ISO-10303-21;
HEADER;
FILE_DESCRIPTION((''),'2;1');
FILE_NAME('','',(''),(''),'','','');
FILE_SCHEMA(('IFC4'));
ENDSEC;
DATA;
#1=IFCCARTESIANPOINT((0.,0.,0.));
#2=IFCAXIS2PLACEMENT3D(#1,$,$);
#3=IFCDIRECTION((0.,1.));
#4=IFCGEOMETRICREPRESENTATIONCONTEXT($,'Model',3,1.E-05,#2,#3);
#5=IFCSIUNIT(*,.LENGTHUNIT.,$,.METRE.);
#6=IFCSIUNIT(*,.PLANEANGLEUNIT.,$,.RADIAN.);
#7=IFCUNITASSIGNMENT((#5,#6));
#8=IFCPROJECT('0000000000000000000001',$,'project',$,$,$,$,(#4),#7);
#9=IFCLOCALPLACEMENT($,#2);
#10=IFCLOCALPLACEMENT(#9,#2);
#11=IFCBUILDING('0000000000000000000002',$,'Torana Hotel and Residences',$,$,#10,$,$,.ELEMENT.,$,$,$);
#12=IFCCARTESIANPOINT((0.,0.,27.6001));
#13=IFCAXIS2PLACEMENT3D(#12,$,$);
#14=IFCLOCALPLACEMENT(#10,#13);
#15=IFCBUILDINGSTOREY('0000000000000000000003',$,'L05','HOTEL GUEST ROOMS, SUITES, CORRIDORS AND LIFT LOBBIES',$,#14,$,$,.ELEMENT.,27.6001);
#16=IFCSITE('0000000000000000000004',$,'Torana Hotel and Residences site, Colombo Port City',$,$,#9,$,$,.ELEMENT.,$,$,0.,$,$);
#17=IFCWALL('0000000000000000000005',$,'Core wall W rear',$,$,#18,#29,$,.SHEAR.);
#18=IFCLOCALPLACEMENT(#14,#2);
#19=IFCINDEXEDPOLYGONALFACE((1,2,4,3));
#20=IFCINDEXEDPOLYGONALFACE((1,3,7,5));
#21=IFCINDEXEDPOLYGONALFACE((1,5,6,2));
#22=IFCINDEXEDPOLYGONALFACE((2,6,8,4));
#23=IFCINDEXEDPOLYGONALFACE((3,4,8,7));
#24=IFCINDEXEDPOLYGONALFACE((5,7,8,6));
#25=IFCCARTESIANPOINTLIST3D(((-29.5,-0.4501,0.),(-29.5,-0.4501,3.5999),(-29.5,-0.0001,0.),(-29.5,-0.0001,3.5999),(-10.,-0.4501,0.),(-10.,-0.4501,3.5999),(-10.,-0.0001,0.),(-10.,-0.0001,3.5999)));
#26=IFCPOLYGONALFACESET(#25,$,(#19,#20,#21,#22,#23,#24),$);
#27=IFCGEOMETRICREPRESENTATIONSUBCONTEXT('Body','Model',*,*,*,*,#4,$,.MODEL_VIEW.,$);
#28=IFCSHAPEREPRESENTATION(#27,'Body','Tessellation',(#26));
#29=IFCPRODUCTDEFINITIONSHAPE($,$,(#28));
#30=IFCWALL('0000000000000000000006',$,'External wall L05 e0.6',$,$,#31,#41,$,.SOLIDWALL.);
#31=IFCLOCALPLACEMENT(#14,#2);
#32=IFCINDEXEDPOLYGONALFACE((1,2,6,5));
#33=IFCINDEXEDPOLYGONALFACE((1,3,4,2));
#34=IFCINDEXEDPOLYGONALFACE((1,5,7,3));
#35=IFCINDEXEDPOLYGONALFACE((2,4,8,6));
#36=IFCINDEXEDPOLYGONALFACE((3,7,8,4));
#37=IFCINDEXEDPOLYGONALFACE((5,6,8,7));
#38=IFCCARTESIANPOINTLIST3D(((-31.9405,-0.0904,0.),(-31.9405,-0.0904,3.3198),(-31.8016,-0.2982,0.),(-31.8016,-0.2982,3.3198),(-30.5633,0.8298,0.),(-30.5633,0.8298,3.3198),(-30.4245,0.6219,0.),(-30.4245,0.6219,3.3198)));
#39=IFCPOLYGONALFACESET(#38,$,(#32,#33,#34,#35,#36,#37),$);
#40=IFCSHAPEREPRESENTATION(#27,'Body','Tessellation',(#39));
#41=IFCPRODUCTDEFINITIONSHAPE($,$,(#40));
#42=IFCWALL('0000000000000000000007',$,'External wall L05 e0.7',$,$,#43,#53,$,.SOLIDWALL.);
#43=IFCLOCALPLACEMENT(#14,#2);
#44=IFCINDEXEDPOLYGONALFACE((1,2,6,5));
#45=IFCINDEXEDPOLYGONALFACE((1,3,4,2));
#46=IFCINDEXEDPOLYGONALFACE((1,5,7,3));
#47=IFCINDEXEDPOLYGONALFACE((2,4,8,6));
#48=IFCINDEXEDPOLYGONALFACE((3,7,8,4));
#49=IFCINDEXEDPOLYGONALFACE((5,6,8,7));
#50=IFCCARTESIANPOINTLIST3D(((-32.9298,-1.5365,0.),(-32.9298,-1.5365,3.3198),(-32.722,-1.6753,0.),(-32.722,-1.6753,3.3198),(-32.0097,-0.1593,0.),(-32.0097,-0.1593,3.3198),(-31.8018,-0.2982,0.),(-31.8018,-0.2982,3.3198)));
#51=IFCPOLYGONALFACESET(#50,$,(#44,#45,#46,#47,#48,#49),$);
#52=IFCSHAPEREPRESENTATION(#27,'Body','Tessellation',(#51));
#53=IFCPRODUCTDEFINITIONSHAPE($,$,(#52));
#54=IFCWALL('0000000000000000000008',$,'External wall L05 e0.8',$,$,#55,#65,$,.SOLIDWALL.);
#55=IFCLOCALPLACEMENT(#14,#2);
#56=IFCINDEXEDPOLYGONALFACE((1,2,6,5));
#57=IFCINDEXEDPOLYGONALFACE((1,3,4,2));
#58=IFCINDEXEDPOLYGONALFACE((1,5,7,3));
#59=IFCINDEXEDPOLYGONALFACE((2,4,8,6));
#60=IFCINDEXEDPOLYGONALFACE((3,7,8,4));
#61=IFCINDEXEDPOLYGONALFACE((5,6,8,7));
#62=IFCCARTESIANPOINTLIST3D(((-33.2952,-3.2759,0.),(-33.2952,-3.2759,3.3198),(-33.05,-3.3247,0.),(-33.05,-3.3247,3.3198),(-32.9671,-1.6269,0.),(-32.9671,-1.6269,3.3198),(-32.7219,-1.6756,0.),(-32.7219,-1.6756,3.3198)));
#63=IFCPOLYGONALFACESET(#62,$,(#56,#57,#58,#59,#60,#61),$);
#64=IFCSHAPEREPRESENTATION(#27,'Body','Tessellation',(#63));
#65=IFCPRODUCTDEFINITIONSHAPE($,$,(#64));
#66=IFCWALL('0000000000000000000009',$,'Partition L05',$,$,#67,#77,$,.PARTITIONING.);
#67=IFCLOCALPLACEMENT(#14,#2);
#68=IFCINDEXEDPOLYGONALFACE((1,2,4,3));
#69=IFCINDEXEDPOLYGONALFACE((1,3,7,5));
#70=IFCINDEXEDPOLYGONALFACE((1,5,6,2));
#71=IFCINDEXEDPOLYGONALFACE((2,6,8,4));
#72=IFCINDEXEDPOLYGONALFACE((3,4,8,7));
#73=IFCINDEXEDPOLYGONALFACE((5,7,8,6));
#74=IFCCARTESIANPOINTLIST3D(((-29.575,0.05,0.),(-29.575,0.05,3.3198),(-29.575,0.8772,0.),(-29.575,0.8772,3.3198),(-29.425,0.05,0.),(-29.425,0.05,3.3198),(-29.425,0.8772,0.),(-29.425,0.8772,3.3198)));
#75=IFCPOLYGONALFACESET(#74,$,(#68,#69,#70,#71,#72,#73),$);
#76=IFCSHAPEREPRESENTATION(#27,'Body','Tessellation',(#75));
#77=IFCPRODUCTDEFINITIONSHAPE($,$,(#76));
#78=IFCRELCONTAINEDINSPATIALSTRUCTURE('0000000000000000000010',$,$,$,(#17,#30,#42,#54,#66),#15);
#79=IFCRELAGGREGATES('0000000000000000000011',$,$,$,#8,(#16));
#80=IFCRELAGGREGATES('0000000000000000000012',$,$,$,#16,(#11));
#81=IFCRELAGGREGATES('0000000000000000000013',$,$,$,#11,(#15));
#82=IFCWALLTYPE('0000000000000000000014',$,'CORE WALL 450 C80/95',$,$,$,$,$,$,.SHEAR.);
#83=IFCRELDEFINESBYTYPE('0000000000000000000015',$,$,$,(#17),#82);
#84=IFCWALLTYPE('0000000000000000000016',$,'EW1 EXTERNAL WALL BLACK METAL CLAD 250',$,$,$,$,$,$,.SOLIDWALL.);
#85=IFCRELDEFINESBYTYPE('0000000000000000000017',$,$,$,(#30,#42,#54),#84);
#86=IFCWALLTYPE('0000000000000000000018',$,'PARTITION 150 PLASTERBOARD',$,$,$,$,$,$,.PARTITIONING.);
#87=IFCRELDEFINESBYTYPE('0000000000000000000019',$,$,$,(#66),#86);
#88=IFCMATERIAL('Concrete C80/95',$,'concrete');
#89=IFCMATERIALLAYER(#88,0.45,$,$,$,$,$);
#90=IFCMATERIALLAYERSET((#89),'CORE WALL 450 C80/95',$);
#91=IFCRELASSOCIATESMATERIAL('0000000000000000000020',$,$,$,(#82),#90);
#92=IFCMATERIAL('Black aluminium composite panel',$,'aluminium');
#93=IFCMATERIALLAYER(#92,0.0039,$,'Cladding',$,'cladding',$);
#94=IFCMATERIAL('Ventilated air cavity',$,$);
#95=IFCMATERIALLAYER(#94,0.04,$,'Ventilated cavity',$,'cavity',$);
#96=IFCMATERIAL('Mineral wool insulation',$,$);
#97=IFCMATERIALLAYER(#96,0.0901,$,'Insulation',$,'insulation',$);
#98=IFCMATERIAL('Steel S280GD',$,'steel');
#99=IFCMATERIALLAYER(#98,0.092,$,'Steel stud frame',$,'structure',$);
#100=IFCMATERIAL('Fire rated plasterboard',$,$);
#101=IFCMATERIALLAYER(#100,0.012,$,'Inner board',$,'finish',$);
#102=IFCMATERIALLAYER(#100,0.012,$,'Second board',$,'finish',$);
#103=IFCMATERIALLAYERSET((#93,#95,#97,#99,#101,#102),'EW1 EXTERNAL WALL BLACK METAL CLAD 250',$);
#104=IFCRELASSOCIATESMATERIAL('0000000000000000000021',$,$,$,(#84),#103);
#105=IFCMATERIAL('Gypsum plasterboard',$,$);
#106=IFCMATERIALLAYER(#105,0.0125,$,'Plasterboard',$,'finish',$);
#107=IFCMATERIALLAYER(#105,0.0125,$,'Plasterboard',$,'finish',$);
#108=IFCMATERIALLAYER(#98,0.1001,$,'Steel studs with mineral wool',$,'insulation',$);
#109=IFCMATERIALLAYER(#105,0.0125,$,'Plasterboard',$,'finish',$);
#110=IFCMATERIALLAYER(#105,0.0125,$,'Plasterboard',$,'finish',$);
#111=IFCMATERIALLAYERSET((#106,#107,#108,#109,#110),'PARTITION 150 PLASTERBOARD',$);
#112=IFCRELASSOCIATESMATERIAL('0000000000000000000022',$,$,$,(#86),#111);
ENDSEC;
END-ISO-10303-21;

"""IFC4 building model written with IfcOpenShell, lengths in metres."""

from ifc_helpers import new_model, si_unit, direction, frame, frame_2d, origin, place, context, subcontext, project, spatial, rectangle, extrude, material, layer, layer_set, type_object, element, save


model = new_model("IFC4")

# Units and contexts
model_context = context("Model", 3, precision=1e-05, world=origin(), true_north=direction((0.0, 1.0)))
body_context = subcontext(model_context, "Body", "Model", "MODEL_VIEW")
ifc_project = project(units=[si_unit("LENGTHUNIT", "METRE"), si_unit("PLANEANGLEUNIT", "RADIAN")], contexts=[model_context])

# Site, building, storey
site_placement = place(None, origin())
site = spatial("IfcSite", under=ifc_project, at=site_placement, Name="Torana Hotel and Residences site, Colombo Port City", CompositionType="ELEMENT", RefElevation=0.0)
building_placement = place(site_placement, origin())
building = spatial("IfcBuilding", under=site, at=building_placement, Name="Torana Hotel and Residences", CompositionType="ELEMENT")
storey_placement = place(building_placement, frame((0.0, 0.0, 27.6001)))
storey = spatial("IfcBuildingStorey", under=building, at=storey_placement, Name="L05", Description="HOTEL GUEST ROOMS, SUITES, CORRIDORS AND LIFT LOBBIES", CompositionType="ELEMENT", Elevation=27.6001)

# Walls
ifc_material_1 = material(Name="Concrete C80/95", Category="concrete")
ifc_layer_1 = layer(ifc_material_1, 0.45)
ifc_layer_set_1 = layer_set([ifc_layer_1], Name="CORE WALL 450 C80/95")
wall_type_1 = type_object("IfcWallType", Name="CORE WALL 450 C80/95", PredefinedType="SHEAR", material=ifc_layer_set_1)
wall_1_placement = place(storey_placement, frame((-29.5, -0.2251, 0.0), z_axis=(0.0, 0.0, 1.0), x_axis=(1.0, 0.0, 0.0)))
element("IfcWall", 1, at=wall_1_placement, inside=storey, type_object=wall_type_1, Name="Core wall W rear", PredefinedType="SHEAR", context=body_context, shape_type="SweptSolid", body=[
    extrude(rectangle(XDim=19.5, YDim=0.45, at=frame_2d((9.75, 0.0))), origin(), (0.0, 0.0, 1.0), 3.5999),
])
ifc_material_2 = material(Name="Black aluminium composite panel", Category="aluminium")
ifc_layer_2 = layer(ifc_material_2, 0.0039, Name="Cladding", Category="cladding")
ifc_material_3 = material(Name="Ventilated air cavity")
ifc_layer_3 = layer(ifc_material_3, 0.04, Name="Ventilated cavity", Category="cavity")
ifc_material_4 = material(Name="Mineral wool insulation")
ifc_layer_4 = layer(ifc_material_4, 0.0901, Name="Insulation", Category="insulation")
ifc_material_5 = material(Name="Steel S280GD", Category="steel")
ifc_layer_5 = layer(ifc_material_5, 0.092, Name="Steel stud frame", Category="structure")
ifc_material_6 = material(Name="Fire rated plasterboard")
ifc_layer_6 = layer(ifc_material_6, 0.012, Name="Inner board", Category="finish")
ifc_layer_7 = layer(ifc_material_6, 0.012, Name="Second board", Category="finish")
ifc_layer_set_2 = layer_set([ifc_layer_2, ifc_layer_3, ifc_layer_4, ifc_layer_5, ifc_layer_6, ifc_layer_7], Name="EW1 EXTERNAL WALL BLACK METAL CLAD 250")
wall_type_2 = type_object("IfcWallType", Name="EW1 EXTERNAL WALL BLACK METAL CLAD 250", PredefinedType="SOLIDWALL", material=ifc_layer_set_2)
for number, where, z_axis, x_axis, name in (
    (2, (-30.4939, 0.7258, 0.0), (0.0, 0.0, 1.0), (-0.831483, -0.55555, 0.0), "External wall L05 e0.6"),
    (3, (-31.9058, -0.2288, 0.0), (0.0, 0.0, 1.0), (-0.55555, -0.831483, 0.0), "External wall L05 e0.7"),
):
    element("IfcWall", number, at=place(storey_placement, frame(where, z_axis=z_axis, x_axis=x_axis)), inside=storey, type_object=wall_type_2, Name=name, PredefinedType="SOLIDWALL", context=body_context, shape_type="SweptSolid", body=[
        extrude(rectangle(XDim=1.6562, YDim=0.25, at=frame_2d((0.8281, 0.0))), origin(), (0.0, 0.0, 1.0), 3.3198),
    ])
wall_2_placement = place(storey_placement, frame((-32.8445, -1.6511, 0.0), z_axis=(0.0, 0.0, 1.0), x_axis=(-0.195139, -0.980776, 0.0)))
element("IfcWall", 4, at=wall_2_placement, inside=storey, type_object=wall_type_2, Name="External wall L05 e0.8", PredefinedType="SOLIDWALL", context=body_context, shape_type="SweptSolid", body=[
    extrude(rectangle(XDim=1.6814, YDim=0.25, at=frame_2d((0.8408, 0.0))), origin(), (0.0, 0.0, 1.0), 3.3198),
])
ifc_material_7 = material(Name="Gypsum plasterboard")
ifc_layer_8 = layer(ifc_material_7, 0.0125, Name="Plasterboard", Category="finish")
ifc_layer_9 = layer(ifc_material_7, 0.0125, Name="Plasterboard", Category="finish")
ifc_layer_10 = layer(ifc_material_5, 0.1001, Name="Steel studs with mineral wool", Category="insulation")
ifc_layer_11 = layer(ifc_material_7, 0.0125, Name="Plasterboard", Category="finish")
ifc_layer_12 = layer(ifc_material_7, 0.0125, Name="Plasterboard", Category="finish")
ifc_layer_set_3 = layer_set([ifc_layer_8, ifc_layer_9, ifc_layer_10, ifc_layer_11, ifc_layer_12], Name="PARTITION 150 PLASTERBOARD")
wall_type_3 = type_object("IfcWallType", Name="PARTITION 150 PLASTERBOARD", PredefinedType="PARTITIONING", material=ifc_layer_set_3)
wall_3_placement = place(storey_placement, frame((-29.5, 0.05, 0.0), z_axis=(0.0, 0.0, 1.0), x_axis=(0.0, 1.0, 0.0)))
element("IfcWall", 5, at=wall_3_placement, inside=storey, type_object=wall_type_3, Name="Partition L05", PredefinedType="PARTITIONING", context=body_context, shape_type="SweptSolid", body=[
    extrude(rectangle(XDim=0.8271, YDim=0.1499, at=frame_2d((0.4136, 0.0))), origin(), (0.0, 0.0, 1.0), 3.3198),
])

save(model, "model.ifc")
